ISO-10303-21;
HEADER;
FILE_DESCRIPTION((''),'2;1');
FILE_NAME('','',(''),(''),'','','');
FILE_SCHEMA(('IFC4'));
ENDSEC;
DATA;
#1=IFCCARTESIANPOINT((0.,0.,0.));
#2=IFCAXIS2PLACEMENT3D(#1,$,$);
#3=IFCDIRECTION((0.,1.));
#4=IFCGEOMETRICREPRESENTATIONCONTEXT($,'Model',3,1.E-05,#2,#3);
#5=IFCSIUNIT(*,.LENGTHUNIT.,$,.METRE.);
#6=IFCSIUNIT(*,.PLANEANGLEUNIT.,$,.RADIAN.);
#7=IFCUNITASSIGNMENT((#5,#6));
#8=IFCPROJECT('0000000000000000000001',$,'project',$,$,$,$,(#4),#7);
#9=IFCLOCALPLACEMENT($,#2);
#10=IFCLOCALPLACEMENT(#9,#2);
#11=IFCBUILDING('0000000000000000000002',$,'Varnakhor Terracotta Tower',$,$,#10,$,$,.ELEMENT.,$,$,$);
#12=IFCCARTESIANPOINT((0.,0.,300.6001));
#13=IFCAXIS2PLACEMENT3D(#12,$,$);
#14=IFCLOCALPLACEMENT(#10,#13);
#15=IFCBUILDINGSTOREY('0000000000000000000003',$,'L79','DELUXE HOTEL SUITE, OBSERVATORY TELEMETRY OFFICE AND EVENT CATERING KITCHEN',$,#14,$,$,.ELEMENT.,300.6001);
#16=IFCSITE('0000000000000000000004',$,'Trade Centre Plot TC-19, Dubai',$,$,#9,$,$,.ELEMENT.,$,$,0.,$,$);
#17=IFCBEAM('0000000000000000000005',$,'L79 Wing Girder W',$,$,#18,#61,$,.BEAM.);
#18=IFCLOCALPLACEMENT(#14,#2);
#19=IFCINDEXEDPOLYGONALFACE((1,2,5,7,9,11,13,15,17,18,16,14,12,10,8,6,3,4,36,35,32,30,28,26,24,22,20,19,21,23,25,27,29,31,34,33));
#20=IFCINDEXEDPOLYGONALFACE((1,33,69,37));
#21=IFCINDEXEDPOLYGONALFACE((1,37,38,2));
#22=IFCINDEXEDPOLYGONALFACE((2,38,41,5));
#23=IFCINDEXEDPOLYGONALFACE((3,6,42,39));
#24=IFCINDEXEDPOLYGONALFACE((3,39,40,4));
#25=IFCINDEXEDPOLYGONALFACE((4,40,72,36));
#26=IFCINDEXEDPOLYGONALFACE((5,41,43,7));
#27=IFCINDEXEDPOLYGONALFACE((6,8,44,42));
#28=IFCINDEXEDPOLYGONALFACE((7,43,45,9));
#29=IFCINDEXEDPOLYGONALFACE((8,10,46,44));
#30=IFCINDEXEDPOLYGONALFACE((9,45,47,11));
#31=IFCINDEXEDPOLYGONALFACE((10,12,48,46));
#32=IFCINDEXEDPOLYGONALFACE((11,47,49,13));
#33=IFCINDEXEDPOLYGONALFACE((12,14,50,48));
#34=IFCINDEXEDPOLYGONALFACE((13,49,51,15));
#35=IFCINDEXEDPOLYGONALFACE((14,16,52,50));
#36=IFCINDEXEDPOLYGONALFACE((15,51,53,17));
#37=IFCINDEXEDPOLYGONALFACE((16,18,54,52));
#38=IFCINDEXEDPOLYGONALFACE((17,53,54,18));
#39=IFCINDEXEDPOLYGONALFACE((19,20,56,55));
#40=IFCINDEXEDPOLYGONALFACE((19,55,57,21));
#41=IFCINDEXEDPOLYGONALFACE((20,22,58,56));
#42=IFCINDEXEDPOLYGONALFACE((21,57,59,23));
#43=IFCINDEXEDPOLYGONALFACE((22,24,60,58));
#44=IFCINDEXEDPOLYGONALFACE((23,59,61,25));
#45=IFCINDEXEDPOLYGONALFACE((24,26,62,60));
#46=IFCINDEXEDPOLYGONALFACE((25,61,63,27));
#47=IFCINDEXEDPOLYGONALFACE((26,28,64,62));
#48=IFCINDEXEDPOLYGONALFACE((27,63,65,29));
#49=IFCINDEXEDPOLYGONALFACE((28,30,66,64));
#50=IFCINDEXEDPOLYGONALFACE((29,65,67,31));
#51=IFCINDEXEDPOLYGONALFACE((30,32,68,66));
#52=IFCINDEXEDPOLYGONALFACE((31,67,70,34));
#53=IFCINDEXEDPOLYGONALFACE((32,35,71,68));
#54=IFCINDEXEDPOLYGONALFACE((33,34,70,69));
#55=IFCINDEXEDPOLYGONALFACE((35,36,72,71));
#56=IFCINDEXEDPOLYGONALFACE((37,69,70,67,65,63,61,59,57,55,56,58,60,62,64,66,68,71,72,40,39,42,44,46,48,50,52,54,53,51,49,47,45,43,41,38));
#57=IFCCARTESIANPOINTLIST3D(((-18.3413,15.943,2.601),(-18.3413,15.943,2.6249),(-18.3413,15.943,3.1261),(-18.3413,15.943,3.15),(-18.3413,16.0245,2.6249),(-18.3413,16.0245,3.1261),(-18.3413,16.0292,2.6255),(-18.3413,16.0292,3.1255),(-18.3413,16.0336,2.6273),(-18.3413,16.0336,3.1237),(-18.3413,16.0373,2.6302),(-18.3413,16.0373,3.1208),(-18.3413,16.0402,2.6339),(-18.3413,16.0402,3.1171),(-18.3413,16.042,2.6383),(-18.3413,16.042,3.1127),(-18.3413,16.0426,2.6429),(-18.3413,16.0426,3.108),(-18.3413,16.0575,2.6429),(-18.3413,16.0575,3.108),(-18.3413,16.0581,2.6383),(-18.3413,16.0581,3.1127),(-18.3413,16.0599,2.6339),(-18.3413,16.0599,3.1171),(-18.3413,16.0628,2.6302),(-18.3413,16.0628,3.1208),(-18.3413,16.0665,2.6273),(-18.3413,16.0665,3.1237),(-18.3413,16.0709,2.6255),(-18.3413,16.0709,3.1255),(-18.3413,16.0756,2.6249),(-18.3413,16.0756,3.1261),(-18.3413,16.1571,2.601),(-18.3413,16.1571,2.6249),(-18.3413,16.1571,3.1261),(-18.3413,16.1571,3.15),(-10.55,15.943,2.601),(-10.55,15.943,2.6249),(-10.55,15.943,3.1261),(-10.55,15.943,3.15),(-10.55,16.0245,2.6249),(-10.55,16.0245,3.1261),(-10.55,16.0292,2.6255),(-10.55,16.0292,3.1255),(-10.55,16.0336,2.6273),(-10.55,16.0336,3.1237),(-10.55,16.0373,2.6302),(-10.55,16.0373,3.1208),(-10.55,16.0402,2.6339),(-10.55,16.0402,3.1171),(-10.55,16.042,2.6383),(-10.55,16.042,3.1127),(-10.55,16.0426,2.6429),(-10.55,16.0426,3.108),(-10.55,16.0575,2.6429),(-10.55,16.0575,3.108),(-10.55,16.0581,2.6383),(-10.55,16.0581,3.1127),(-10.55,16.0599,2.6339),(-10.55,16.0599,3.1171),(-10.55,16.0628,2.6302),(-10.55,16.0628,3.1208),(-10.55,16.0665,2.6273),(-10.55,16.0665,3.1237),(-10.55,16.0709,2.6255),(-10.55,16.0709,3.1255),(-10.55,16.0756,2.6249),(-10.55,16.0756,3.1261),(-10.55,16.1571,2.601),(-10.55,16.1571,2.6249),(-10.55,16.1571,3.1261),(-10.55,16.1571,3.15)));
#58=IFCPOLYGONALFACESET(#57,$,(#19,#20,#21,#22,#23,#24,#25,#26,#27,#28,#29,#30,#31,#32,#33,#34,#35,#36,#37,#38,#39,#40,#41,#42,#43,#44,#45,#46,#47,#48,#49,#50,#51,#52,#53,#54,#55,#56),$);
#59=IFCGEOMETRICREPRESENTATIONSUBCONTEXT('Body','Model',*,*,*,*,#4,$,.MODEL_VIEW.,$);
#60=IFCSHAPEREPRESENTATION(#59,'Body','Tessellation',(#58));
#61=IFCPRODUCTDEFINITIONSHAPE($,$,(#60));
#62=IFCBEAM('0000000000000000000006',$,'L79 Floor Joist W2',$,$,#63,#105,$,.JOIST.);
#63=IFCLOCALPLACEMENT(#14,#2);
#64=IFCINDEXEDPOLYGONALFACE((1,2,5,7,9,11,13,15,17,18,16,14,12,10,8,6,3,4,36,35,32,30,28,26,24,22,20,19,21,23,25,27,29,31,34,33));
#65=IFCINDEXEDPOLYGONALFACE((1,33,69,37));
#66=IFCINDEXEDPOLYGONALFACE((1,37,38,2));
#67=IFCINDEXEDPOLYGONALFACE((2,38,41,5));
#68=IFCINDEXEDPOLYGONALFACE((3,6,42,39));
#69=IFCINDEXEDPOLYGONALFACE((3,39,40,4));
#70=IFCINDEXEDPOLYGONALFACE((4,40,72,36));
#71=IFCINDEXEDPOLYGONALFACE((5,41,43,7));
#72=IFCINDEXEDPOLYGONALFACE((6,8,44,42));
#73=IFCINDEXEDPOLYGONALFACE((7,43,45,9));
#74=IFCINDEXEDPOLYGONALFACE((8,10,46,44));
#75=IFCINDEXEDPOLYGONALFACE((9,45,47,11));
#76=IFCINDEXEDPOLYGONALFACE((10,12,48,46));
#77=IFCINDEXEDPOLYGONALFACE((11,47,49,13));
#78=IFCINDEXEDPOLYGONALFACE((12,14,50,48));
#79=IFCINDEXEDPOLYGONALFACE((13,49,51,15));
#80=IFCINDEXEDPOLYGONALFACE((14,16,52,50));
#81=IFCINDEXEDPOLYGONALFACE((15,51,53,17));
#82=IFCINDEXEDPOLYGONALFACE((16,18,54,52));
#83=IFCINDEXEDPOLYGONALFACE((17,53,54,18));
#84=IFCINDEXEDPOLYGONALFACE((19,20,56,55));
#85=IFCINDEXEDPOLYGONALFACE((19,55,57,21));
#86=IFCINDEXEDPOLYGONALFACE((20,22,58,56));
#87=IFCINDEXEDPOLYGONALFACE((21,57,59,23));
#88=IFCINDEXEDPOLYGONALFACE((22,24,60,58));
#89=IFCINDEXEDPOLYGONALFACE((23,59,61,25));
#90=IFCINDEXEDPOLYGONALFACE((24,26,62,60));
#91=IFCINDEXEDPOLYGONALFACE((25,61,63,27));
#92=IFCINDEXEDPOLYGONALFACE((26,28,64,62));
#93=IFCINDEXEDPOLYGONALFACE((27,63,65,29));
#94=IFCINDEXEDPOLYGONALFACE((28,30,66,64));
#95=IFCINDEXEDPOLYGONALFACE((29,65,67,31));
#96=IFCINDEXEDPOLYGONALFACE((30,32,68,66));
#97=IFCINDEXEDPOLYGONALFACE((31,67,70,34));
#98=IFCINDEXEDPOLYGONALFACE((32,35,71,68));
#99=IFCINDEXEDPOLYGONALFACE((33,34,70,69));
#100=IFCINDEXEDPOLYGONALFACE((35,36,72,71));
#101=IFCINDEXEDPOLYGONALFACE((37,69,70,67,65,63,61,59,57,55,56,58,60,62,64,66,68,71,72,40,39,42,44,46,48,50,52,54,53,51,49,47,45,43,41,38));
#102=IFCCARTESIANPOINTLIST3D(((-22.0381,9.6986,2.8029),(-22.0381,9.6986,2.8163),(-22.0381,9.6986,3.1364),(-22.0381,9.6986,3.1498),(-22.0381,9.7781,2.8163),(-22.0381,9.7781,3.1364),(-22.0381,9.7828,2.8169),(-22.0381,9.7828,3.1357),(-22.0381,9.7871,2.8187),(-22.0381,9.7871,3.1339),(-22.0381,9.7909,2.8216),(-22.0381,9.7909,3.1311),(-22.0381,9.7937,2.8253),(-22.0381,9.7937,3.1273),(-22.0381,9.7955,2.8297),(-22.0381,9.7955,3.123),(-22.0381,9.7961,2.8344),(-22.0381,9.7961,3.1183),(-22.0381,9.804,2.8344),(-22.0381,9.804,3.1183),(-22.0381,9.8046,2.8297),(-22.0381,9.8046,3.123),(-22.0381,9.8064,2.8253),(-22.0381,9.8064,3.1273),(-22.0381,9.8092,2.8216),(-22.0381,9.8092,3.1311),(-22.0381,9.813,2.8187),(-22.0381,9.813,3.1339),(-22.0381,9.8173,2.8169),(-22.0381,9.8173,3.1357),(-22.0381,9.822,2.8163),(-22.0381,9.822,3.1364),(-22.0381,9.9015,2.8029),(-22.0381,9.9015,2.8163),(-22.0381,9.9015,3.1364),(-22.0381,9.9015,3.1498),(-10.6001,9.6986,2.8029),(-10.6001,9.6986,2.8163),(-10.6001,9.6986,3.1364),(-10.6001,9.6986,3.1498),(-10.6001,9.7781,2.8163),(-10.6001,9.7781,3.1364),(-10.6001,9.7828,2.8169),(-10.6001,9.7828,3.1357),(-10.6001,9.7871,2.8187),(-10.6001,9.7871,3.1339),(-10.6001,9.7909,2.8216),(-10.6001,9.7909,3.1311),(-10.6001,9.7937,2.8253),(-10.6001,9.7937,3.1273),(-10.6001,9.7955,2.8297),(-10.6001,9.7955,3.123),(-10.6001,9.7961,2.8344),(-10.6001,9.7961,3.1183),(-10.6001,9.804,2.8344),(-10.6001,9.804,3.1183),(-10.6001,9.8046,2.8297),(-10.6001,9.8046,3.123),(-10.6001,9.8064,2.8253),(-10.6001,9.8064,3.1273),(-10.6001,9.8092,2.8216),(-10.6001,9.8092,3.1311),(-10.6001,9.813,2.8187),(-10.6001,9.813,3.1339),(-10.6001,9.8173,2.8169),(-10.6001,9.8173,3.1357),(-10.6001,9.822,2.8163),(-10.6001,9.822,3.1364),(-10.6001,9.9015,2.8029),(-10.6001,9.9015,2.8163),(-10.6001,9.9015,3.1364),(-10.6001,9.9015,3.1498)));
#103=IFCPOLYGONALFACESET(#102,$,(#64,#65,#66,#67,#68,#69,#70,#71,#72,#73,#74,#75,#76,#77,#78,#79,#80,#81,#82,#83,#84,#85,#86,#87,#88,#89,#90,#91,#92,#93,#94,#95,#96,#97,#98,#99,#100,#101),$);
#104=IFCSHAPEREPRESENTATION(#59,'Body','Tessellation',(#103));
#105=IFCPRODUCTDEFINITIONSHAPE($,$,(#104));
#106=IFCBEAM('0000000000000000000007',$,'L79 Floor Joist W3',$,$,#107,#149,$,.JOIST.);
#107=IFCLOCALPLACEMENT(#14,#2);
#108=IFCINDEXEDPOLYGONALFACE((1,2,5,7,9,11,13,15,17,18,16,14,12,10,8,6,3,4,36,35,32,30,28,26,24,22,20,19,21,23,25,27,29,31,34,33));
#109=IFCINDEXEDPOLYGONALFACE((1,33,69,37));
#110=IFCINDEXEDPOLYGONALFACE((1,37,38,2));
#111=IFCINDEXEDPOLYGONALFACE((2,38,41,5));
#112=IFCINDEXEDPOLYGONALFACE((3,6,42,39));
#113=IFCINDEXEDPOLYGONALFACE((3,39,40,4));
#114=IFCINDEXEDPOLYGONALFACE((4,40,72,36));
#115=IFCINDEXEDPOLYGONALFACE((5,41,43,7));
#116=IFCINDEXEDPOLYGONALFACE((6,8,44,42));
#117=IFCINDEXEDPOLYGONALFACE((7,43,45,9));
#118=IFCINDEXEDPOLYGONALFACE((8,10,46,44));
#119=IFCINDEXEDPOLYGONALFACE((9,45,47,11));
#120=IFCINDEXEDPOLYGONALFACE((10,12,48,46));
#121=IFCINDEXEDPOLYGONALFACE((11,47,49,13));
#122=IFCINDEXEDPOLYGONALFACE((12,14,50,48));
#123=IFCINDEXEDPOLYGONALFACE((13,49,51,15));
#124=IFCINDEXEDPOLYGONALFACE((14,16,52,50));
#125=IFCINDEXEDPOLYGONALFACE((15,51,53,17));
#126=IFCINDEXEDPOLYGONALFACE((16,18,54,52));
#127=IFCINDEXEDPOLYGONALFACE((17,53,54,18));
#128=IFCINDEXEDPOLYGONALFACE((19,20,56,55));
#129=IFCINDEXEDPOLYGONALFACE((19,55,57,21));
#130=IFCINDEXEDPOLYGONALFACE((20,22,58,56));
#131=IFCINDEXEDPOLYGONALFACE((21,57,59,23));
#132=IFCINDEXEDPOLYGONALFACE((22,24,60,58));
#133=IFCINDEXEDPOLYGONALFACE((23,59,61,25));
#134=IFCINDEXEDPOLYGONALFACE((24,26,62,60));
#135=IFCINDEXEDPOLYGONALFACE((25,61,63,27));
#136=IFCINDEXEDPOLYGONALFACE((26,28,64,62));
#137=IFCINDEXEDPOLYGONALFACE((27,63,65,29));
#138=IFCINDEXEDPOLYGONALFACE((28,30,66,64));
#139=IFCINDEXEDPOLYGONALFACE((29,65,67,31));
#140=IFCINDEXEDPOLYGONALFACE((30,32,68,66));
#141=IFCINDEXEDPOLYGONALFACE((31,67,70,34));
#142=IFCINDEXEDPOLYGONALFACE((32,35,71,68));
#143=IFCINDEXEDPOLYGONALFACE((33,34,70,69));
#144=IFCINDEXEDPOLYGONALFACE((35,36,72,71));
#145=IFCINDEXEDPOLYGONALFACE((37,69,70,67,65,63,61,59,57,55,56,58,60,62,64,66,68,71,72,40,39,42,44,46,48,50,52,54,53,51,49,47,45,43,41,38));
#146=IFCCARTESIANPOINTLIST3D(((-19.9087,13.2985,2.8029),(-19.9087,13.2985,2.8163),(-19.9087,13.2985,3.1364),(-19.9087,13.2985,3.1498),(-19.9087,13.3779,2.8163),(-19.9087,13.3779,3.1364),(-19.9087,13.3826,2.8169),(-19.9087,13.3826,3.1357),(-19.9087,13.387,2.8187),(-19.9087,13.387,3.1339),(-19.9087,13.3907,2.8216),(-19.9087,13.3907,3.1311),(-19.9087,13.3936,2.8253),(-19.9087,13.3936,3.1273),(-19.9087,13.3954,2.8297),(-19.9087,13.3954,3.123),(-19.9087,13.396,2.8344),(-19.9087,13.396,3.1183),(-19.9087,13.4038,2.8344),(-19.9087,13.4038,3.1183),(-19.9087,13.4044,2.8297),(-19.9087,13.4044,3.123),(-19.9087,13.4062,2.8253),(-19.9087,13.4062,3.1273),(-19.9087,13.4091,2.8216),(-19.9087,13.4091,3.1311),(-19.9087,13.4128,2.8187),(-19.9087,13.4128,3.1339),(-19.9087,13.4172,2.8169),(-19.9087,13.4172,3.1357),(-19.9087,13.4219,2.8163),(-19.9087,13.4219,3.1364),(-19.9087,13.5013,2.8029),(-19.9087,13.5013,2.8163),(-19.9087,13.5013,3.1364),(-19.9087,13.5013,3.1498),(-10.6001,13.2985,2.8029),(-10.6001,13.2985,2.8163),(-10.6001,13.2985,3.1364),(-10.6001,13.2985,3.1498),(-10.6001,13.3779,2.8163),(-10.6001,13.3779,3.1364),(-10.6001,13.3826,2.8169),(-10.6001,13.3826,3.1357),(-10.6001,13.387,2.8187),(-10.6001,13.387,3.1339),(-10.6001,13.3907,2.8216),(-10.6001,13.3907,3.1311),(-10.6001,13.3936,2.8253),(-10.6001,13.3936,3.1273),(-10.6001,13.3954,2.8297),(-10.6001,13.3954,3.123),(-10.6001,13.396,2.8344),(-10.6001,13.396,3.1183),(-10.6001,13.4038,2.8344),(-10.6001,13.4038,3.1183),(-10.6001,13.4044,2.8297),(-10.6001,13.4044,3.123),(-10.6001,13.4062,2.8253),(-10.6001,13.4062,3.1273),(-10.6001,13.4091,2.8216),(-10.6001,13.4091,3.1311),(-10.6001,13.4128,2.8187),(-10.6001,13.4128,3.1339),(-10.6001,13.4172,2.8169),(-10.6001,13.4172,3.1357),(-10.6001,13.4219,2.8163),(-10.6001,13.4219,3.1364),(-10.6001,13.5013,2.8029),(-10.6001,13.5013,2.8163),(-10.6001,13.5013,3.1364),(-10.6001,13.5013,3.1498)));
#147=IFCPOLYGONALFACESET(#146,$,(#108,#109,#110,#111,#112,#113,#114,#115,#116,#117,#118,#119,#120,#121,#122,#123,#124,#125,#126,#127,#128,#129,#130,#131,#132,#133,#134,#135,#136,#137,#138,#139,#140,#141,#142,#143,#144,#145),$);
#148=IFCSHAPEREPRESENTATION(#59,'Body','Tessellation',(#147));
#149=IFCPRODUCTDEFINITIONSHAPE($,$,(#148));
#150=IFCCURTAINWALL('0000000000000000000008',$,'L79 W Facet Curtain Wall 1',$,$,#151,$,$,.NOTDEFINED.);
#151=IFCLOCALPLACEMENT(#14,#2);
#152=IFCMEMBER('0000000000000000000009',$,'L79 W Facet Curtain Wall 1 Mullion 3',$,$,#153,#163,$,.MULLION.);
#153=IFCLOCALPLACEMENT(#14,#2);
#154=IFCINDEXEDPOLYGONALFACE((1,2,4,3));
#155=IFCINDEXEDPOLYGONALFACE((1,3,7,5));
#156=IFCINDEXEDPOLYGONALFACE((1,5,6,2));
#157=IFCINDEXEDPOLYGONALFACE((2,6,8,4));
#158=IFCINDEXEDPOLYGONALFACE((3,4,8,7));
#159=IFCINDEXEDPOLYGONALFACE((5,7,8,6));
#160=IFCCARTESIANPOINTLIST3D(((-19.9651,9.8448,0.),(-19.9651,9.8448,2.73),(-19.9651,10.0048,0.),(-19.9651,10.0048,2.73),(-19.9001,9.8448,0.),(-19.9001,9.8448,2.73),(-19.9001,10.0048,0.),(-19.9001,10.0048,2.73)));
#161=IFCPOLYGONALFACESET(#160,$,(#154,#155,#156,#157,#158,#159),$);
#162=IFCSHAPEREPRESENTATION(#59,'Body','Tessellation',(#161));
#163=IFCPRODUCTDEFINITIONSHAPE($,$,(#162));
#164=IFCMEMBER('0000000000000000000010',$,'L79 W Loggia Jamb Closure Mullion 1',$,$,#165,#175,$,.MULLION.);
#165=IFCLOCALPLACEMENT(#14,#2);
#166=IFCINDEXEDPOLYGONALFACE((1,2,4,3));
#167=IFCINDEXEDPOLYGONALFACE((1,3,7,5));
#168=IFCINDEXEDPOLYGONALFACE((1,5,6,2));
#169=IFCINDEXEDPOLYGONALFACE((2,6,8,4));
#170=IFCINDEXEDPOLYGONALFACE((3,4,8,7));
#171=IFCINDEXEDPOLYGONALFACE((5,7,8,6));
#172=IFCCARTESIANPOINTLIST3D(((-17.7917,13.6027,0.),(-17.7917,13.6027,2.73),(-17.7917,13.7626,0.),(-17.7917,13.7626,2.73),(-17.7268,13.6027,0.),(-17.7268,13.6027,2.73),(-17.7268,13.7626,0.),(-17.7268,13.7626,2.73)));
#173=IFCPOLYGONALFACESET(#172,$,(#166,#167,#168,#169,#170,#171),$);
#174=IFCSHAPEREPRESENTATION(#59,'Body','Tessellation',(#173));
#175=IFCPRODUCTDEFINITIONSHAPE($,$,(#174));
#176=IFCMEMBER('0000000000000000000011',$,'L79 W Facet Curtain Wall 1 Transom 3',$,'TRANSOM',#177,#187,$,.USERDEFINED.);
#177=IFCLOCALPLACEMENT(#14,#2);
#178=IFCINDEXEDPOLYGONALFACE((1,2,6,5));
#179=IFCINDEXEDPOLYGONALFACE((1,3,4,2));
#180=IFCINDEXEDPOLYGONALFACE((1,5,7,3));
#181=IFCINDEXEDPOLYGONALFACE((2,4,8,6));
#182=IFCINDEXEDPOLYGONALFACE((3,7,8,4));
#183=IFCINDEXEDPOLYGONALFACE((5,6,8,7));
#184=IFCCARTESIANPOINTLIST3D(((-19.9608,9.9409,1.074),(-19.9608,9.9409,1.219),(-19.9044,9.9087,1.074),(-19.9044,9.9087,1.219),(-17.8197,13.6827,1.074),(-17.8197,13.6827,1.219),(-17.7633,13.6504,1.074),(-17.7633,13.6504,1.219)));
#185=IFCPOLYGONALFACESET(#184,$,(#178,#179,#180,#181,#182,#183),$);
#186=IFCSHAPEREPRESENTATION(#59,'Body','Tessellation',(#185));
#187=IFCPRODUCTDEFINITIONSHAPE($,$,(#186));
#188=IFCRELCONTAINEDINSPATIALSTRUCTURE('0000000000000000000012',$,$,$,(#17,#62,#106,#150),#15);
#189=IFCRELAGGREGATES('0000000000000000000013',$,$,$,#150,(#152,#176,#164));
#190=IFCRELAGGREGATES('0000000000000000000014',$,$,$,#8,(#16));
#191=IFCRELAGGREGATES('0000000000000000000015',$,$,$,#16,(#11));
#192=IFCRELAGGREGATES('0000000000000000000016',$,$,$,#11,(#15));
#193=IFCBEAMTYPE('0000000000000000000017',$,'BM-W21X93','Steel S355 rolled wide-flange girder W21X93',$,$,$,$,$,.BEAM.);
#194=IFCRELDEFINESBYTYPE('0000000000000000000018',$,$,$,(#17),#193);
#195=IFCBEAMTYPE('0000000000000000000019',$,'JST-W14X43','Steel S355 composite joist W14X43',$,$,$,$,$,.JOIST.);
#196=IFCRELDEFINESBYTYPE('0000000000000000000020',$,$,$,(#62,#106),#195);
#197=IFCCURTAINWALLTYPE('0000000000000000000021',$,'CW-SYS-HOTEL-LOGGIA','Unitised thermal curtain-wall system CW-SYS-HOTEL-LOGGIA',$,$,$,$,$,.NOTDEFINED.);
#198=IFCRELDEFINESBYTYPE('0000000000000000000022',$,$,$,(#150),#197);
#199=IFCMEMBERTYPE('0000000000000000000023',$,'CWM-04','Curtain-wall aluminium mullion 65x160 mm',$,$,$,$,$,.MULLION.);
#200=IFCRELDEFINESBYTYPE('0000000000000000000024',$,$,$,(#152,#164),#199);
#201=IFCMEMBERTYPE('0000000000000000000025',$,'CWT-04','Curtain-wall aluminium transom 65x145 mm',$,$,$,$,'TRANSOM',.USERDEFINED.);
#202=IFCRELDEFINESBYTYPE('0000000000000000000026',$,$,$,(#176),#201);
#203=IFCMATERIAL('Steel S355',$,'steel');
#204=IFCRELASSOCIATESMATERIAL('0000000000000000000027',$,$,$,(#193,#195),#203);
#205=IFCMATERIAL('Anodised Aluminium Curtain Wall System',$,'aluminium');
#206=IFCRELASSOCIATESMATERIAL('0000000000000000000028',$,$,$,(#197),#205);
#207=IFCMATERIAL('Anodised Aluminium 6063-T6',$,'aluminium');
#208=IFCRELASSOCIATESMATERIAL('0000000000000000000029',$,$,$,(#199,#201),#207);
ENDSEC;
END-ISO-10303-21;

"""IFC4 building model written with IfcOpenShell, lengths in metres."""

from ifc_helpers import new_model, si_unit, direction, frame, origin, origin_2d, place, context, subcontext, project, spatial, rectangle, i_section, extrude, source, transform, mapped, material, material_profile, profile_set, type_object, element, aggregate, save


model = new_model("IFC4")

# Units and contexts
model_context = context("Model", 3, precision=1e-05, world=origin(), true_north=direction((0.0, 1.0)))
body_context = subcontext(model_context, "Body", "Model", "MODEL_VIEW")
ifc_project = project(units=[si_unit("LENGTHUNIT", "METRE"), si_unit("PLANEANGLEUNIT", "RADIAN")], contexts=[model_context])

# Site, building, storey
site_placement = place(None, origin())
site = spatial("IfcSite", under=ifc_project, at=site_placement, Name="Trade Centre Plot TC-19, Dubai", CompositionType="ELEMENT", RefElevation=0.0)
building_placement = place(site_placement, origin())
building = spatial("IfcBuilding", under=site, at=building_placement, Name="Varnakhor Terracotta Tower", CompositionType="ELEMENT")
storey_placement = place(building_placement, frame((0.0, 0.0, 300.6001)))
storey = spatial("IfcBuildingStorey", under=building, at=storey_placement, Name="L79", Description="DELUXE HOTEL SUITE, OBSERVATORY TELEMETRY OFFICE AND EVENT CATERING KITCHEN", CompositionType="ELEMENT", Elevation=300.6001)

# Beams
ifc_material_1 = material(Name="Steel S355", Category="steel")
ifc_material_profile_1 = material_profile(ifc_material_1, i_section(OverallWidth=0.2141, OverallDepth=0.5491, WebThickness=0.0149, FlangeThickness=0.0239, FilletRadius=0.0181, at=origin_2d()), Name="W21X93")
ifc_profile_set_1 = profile_set([ifc_material_profile_1], Name="Steel S355")
beam_type_1 = type_object("IfcBeamType", Name="BM-W21X93", Description="Steel S355 rolled wide-flange girder W21X93", PredefinedType="BEAM", material=ifc_profile_set_1)
shared_shape_1 = source(origin(), body_context, "Body", "SweptSolid", [
    extrude(i_section(OverallWidth=0.2141, OverallDepth=0.5491, WebThickness=0.0149, FlangeThickness=0.0239, FilletRadius=0.0181, at=origin_2d()), origin(), (0.0, 0.0, 1.0), 7.7913),
])
beam_1_placement = place(storey_placement, frame((-18.3413, 16.05, 2.8755), z_axis=(1.0, 0.0, 0.0), x_axis=(0.0, 1.0, 0.0)))
element("IfcBeam", 1, at=beam_1_placement, inside=storey, type_object=beam_type_1, Name="L79 Wing Girder W", PredefinedType="BEAM", context=body_context, shape_type="MappedRepresentation", body=[
    mapped(shared_shape_1, transform((0.0, 0.0, 0.0), scale=1.0)),
])
ifc_material_profile_2 = material_profile(ifc_material_1, i_section(OverallWidth=0.2029, OverallDepth=0.3469, WebThickness=0.0078, FlangeThickness=0.0134, FilletRadius=0.0181, at=origin_2d()), Name="W14X43")
ifc_profile_set_2 = profile_set([ifc_material_profile_2], Name="Steel S355")
beam_type_2 = type_object("IfcBeamType", Name="JST-W14X43", Description="Steel S355 composite joist W14X43", PredefinedType="JOIST", material=ifc_profile_set_2)
shared_shape_2 = source(origin(), body_context, "Body", "SweptSolid", [
    extrude(i_section(OverallWidth=0.2029, OverallDepth=0.3469, WebThickness=0.0078, FlangeThickness=0.0134, FilletRadius=0.0181, at=origin_2d()), origin(), (0.0, 0.0, 1.0), 11.438),
])
beam_2_placement = place(storey_placement, frame((-22.0381, 9.8, 2.9763), z_axis=(1.0, 0.0, 0.0), x_axis=(0.0, 1.0, 0.0)))
element("IfcBeam", 2, at=beam_2_placement, inside=storey, type_object=beam_type_2, Name="L79 Floor Joist W2", PredefinedType="JOIST", context=body_context, shape_type="MappedRepresentation", body=[
    mapped(shared_shape_2, transform((0.0, 0.0, 0.0), scale=1.0)),
])
shared_shape_3 = source(origin(), body_context, "Body", "SweptSolid", [
    extrude(i_section(OverallWidth=0.2029, OverallDepth=0.3469, WebThickness=0.0078, FlangeThickness=0.0134, FilletRadius=0.0181, at=origin_2d()), origin(), (0.0, 0.0, 1.0), 9.3086),
])
beam_3_placement = place(storey_placement, frame((-19.9087, 13.3999, 2.9763), z_axis=(1.0, 0.0, 0.0), x_axis=(0.0, 1.0, 0.0)))
element("IfcBeam", 3, at=beam_3_placement, inside=storey, type_object=beam_type_2, Name="L79 Floor Joist W3", PredefinedType="JOIST", context=body_context, shape_type="MappedRepresentation", body=[
    mapped(shared_shape_3, transform((0.0, 0.0, 0.0), scale=1.0)),
])

# Curtain wall, members
ifc_material_2 = material(Name="Anodised Aluminium Curtain Wall System", Category="aluminium")
curtain_wall_type = type_object("IfcCurtainWallType", Name="CW-SYS-HOTEL-LOGGIA", Description="Unitised thermal curtain-wall system CW-SYS-HOTEL-LOGGIA", PredefinedType="NOTDEFINED", material=ifc_material_2)
curtain_wall_placement = place(storey_placement, origin())
curtain_wall = element("IfcCurtainWall", 4, at=curtain_wall_placement, inside=storey, type_object=curtain_wall_type, Name="L79 W Facet Curtain Wall 1", PredefinedType="NOTDEFINED")
ifc_material_3 = material(Name="Anodised Aluminium 6063-T6", Category="aluminium")
ifc_material_profile_3 = material_profile(ifc_material_3, rectangle(XDim=0.0649, YDim=0.1599, at=origin_2d()), Name="ALU MULLION 65x160")
ifc_profile_set_3 = profile_set([ifc_material_profile_3], Name="Anodised Aluminium 6063-T6")
member_type_1 = type_object("IfcMemberType", Name="CWM-04", Description="Curtain-wall aluminium mullion 65x160 mm", PredefinedType="MULLION", material=ifc_profile_set_3)
shared_shape_4 = source(origin(), body_context, "Body", "SweptSolid", [
    extrude(rectangle(XDim=0.0649, YDim=0.1599, at=origin_2d()), origin(), (0.0, 0.0, 1.0), 2.73),
])
member_1_placement = place(storey_placement, frame((-19.9326, 9.9248, 0.0), z_axis=(0.0, 0.0, 1.0), x_axis=(1.0, 0.0, 0.0)))
member_1 = element("IfcMember", 5, at=member_1_placement, type_object=member_type_1, Name="L79 W Facet Curtain Wall 1 Mullion 3", PredefinedType="MULLION", context=body_context, shape_type="MappedRepresentation", body=[
    mapped(shared_shape_4, transform((0.0, 0.0, 0.0), scale=1.0)),
])
member_2_placement = place(storey_placement, frame((-17.7593, 13.6826, 0.0), z_axis=(0.0, 0.0, 1.0), x_axis=(1.0, 0.0, 0.0)))
member_2 = element("IfcMember", 6, at=member_2_placement, type_object=member_type_1, Name="L79 W Loggia Jamb Closure Mullion 1", PredefinedType="MULLION", context=body_context, shape_type="MappedRepresentation", body=[
    mapped(shared_shape_4, transform((0.0, 0.0, 0.0), scale=1.0)),
])
ifc_material_profile_4 = material_profile(ifc_material_3, rectangle(XDim=0.0649, YDim=0.145, at=origin_2d()), Name="ALU TRANSOM 65x145")
ifc_profile_set_4 = profile_set([ifc_material_profile_4], Name="Anodised Aluminium 6063-T6")
member_type_2 = type_object("IfcMemberType", Name="CWT-04", Description="Curtain-wall aluminium transom 65x145 mm", ElementType="TRANSOM", PredefinedType="USERDEFINED", material=ifc_profile_set_4)
shared_shape_5 = source(origin(), body_context, "Body", "SweptSolid", [
    extrude(rectangle(XDim=0.0649, YDim=0.145, at=origin_2d()), origin(), (0.0, 0.0, 1.0), 4.311),
])
member_3_placement = place(storey_placement, frame((-19.9326, 9.9248, 1.1465), z_axis=(0.496663, 0.867943, 0.0), x_axis=(-0.867943, 0.496663, 0.0)))
member_3 = element("IfcMember", 7, at=member_3_placement, type_object=member_type_2, Name="L79 W Facet Curtain Wall 1 Transom 3", ObjectType="TRANSOM", PredefinedType="USERDEFINED", context=body_context, shape_type="MappedRepresentation", body=[
    mapped(shared_shape_5, transform((0.0, 0.0, 0.0), scale=1.0)),
])
aggregate(curtain_wall, [member_1, member_3, member_2])

save(model, "model.ifc")
